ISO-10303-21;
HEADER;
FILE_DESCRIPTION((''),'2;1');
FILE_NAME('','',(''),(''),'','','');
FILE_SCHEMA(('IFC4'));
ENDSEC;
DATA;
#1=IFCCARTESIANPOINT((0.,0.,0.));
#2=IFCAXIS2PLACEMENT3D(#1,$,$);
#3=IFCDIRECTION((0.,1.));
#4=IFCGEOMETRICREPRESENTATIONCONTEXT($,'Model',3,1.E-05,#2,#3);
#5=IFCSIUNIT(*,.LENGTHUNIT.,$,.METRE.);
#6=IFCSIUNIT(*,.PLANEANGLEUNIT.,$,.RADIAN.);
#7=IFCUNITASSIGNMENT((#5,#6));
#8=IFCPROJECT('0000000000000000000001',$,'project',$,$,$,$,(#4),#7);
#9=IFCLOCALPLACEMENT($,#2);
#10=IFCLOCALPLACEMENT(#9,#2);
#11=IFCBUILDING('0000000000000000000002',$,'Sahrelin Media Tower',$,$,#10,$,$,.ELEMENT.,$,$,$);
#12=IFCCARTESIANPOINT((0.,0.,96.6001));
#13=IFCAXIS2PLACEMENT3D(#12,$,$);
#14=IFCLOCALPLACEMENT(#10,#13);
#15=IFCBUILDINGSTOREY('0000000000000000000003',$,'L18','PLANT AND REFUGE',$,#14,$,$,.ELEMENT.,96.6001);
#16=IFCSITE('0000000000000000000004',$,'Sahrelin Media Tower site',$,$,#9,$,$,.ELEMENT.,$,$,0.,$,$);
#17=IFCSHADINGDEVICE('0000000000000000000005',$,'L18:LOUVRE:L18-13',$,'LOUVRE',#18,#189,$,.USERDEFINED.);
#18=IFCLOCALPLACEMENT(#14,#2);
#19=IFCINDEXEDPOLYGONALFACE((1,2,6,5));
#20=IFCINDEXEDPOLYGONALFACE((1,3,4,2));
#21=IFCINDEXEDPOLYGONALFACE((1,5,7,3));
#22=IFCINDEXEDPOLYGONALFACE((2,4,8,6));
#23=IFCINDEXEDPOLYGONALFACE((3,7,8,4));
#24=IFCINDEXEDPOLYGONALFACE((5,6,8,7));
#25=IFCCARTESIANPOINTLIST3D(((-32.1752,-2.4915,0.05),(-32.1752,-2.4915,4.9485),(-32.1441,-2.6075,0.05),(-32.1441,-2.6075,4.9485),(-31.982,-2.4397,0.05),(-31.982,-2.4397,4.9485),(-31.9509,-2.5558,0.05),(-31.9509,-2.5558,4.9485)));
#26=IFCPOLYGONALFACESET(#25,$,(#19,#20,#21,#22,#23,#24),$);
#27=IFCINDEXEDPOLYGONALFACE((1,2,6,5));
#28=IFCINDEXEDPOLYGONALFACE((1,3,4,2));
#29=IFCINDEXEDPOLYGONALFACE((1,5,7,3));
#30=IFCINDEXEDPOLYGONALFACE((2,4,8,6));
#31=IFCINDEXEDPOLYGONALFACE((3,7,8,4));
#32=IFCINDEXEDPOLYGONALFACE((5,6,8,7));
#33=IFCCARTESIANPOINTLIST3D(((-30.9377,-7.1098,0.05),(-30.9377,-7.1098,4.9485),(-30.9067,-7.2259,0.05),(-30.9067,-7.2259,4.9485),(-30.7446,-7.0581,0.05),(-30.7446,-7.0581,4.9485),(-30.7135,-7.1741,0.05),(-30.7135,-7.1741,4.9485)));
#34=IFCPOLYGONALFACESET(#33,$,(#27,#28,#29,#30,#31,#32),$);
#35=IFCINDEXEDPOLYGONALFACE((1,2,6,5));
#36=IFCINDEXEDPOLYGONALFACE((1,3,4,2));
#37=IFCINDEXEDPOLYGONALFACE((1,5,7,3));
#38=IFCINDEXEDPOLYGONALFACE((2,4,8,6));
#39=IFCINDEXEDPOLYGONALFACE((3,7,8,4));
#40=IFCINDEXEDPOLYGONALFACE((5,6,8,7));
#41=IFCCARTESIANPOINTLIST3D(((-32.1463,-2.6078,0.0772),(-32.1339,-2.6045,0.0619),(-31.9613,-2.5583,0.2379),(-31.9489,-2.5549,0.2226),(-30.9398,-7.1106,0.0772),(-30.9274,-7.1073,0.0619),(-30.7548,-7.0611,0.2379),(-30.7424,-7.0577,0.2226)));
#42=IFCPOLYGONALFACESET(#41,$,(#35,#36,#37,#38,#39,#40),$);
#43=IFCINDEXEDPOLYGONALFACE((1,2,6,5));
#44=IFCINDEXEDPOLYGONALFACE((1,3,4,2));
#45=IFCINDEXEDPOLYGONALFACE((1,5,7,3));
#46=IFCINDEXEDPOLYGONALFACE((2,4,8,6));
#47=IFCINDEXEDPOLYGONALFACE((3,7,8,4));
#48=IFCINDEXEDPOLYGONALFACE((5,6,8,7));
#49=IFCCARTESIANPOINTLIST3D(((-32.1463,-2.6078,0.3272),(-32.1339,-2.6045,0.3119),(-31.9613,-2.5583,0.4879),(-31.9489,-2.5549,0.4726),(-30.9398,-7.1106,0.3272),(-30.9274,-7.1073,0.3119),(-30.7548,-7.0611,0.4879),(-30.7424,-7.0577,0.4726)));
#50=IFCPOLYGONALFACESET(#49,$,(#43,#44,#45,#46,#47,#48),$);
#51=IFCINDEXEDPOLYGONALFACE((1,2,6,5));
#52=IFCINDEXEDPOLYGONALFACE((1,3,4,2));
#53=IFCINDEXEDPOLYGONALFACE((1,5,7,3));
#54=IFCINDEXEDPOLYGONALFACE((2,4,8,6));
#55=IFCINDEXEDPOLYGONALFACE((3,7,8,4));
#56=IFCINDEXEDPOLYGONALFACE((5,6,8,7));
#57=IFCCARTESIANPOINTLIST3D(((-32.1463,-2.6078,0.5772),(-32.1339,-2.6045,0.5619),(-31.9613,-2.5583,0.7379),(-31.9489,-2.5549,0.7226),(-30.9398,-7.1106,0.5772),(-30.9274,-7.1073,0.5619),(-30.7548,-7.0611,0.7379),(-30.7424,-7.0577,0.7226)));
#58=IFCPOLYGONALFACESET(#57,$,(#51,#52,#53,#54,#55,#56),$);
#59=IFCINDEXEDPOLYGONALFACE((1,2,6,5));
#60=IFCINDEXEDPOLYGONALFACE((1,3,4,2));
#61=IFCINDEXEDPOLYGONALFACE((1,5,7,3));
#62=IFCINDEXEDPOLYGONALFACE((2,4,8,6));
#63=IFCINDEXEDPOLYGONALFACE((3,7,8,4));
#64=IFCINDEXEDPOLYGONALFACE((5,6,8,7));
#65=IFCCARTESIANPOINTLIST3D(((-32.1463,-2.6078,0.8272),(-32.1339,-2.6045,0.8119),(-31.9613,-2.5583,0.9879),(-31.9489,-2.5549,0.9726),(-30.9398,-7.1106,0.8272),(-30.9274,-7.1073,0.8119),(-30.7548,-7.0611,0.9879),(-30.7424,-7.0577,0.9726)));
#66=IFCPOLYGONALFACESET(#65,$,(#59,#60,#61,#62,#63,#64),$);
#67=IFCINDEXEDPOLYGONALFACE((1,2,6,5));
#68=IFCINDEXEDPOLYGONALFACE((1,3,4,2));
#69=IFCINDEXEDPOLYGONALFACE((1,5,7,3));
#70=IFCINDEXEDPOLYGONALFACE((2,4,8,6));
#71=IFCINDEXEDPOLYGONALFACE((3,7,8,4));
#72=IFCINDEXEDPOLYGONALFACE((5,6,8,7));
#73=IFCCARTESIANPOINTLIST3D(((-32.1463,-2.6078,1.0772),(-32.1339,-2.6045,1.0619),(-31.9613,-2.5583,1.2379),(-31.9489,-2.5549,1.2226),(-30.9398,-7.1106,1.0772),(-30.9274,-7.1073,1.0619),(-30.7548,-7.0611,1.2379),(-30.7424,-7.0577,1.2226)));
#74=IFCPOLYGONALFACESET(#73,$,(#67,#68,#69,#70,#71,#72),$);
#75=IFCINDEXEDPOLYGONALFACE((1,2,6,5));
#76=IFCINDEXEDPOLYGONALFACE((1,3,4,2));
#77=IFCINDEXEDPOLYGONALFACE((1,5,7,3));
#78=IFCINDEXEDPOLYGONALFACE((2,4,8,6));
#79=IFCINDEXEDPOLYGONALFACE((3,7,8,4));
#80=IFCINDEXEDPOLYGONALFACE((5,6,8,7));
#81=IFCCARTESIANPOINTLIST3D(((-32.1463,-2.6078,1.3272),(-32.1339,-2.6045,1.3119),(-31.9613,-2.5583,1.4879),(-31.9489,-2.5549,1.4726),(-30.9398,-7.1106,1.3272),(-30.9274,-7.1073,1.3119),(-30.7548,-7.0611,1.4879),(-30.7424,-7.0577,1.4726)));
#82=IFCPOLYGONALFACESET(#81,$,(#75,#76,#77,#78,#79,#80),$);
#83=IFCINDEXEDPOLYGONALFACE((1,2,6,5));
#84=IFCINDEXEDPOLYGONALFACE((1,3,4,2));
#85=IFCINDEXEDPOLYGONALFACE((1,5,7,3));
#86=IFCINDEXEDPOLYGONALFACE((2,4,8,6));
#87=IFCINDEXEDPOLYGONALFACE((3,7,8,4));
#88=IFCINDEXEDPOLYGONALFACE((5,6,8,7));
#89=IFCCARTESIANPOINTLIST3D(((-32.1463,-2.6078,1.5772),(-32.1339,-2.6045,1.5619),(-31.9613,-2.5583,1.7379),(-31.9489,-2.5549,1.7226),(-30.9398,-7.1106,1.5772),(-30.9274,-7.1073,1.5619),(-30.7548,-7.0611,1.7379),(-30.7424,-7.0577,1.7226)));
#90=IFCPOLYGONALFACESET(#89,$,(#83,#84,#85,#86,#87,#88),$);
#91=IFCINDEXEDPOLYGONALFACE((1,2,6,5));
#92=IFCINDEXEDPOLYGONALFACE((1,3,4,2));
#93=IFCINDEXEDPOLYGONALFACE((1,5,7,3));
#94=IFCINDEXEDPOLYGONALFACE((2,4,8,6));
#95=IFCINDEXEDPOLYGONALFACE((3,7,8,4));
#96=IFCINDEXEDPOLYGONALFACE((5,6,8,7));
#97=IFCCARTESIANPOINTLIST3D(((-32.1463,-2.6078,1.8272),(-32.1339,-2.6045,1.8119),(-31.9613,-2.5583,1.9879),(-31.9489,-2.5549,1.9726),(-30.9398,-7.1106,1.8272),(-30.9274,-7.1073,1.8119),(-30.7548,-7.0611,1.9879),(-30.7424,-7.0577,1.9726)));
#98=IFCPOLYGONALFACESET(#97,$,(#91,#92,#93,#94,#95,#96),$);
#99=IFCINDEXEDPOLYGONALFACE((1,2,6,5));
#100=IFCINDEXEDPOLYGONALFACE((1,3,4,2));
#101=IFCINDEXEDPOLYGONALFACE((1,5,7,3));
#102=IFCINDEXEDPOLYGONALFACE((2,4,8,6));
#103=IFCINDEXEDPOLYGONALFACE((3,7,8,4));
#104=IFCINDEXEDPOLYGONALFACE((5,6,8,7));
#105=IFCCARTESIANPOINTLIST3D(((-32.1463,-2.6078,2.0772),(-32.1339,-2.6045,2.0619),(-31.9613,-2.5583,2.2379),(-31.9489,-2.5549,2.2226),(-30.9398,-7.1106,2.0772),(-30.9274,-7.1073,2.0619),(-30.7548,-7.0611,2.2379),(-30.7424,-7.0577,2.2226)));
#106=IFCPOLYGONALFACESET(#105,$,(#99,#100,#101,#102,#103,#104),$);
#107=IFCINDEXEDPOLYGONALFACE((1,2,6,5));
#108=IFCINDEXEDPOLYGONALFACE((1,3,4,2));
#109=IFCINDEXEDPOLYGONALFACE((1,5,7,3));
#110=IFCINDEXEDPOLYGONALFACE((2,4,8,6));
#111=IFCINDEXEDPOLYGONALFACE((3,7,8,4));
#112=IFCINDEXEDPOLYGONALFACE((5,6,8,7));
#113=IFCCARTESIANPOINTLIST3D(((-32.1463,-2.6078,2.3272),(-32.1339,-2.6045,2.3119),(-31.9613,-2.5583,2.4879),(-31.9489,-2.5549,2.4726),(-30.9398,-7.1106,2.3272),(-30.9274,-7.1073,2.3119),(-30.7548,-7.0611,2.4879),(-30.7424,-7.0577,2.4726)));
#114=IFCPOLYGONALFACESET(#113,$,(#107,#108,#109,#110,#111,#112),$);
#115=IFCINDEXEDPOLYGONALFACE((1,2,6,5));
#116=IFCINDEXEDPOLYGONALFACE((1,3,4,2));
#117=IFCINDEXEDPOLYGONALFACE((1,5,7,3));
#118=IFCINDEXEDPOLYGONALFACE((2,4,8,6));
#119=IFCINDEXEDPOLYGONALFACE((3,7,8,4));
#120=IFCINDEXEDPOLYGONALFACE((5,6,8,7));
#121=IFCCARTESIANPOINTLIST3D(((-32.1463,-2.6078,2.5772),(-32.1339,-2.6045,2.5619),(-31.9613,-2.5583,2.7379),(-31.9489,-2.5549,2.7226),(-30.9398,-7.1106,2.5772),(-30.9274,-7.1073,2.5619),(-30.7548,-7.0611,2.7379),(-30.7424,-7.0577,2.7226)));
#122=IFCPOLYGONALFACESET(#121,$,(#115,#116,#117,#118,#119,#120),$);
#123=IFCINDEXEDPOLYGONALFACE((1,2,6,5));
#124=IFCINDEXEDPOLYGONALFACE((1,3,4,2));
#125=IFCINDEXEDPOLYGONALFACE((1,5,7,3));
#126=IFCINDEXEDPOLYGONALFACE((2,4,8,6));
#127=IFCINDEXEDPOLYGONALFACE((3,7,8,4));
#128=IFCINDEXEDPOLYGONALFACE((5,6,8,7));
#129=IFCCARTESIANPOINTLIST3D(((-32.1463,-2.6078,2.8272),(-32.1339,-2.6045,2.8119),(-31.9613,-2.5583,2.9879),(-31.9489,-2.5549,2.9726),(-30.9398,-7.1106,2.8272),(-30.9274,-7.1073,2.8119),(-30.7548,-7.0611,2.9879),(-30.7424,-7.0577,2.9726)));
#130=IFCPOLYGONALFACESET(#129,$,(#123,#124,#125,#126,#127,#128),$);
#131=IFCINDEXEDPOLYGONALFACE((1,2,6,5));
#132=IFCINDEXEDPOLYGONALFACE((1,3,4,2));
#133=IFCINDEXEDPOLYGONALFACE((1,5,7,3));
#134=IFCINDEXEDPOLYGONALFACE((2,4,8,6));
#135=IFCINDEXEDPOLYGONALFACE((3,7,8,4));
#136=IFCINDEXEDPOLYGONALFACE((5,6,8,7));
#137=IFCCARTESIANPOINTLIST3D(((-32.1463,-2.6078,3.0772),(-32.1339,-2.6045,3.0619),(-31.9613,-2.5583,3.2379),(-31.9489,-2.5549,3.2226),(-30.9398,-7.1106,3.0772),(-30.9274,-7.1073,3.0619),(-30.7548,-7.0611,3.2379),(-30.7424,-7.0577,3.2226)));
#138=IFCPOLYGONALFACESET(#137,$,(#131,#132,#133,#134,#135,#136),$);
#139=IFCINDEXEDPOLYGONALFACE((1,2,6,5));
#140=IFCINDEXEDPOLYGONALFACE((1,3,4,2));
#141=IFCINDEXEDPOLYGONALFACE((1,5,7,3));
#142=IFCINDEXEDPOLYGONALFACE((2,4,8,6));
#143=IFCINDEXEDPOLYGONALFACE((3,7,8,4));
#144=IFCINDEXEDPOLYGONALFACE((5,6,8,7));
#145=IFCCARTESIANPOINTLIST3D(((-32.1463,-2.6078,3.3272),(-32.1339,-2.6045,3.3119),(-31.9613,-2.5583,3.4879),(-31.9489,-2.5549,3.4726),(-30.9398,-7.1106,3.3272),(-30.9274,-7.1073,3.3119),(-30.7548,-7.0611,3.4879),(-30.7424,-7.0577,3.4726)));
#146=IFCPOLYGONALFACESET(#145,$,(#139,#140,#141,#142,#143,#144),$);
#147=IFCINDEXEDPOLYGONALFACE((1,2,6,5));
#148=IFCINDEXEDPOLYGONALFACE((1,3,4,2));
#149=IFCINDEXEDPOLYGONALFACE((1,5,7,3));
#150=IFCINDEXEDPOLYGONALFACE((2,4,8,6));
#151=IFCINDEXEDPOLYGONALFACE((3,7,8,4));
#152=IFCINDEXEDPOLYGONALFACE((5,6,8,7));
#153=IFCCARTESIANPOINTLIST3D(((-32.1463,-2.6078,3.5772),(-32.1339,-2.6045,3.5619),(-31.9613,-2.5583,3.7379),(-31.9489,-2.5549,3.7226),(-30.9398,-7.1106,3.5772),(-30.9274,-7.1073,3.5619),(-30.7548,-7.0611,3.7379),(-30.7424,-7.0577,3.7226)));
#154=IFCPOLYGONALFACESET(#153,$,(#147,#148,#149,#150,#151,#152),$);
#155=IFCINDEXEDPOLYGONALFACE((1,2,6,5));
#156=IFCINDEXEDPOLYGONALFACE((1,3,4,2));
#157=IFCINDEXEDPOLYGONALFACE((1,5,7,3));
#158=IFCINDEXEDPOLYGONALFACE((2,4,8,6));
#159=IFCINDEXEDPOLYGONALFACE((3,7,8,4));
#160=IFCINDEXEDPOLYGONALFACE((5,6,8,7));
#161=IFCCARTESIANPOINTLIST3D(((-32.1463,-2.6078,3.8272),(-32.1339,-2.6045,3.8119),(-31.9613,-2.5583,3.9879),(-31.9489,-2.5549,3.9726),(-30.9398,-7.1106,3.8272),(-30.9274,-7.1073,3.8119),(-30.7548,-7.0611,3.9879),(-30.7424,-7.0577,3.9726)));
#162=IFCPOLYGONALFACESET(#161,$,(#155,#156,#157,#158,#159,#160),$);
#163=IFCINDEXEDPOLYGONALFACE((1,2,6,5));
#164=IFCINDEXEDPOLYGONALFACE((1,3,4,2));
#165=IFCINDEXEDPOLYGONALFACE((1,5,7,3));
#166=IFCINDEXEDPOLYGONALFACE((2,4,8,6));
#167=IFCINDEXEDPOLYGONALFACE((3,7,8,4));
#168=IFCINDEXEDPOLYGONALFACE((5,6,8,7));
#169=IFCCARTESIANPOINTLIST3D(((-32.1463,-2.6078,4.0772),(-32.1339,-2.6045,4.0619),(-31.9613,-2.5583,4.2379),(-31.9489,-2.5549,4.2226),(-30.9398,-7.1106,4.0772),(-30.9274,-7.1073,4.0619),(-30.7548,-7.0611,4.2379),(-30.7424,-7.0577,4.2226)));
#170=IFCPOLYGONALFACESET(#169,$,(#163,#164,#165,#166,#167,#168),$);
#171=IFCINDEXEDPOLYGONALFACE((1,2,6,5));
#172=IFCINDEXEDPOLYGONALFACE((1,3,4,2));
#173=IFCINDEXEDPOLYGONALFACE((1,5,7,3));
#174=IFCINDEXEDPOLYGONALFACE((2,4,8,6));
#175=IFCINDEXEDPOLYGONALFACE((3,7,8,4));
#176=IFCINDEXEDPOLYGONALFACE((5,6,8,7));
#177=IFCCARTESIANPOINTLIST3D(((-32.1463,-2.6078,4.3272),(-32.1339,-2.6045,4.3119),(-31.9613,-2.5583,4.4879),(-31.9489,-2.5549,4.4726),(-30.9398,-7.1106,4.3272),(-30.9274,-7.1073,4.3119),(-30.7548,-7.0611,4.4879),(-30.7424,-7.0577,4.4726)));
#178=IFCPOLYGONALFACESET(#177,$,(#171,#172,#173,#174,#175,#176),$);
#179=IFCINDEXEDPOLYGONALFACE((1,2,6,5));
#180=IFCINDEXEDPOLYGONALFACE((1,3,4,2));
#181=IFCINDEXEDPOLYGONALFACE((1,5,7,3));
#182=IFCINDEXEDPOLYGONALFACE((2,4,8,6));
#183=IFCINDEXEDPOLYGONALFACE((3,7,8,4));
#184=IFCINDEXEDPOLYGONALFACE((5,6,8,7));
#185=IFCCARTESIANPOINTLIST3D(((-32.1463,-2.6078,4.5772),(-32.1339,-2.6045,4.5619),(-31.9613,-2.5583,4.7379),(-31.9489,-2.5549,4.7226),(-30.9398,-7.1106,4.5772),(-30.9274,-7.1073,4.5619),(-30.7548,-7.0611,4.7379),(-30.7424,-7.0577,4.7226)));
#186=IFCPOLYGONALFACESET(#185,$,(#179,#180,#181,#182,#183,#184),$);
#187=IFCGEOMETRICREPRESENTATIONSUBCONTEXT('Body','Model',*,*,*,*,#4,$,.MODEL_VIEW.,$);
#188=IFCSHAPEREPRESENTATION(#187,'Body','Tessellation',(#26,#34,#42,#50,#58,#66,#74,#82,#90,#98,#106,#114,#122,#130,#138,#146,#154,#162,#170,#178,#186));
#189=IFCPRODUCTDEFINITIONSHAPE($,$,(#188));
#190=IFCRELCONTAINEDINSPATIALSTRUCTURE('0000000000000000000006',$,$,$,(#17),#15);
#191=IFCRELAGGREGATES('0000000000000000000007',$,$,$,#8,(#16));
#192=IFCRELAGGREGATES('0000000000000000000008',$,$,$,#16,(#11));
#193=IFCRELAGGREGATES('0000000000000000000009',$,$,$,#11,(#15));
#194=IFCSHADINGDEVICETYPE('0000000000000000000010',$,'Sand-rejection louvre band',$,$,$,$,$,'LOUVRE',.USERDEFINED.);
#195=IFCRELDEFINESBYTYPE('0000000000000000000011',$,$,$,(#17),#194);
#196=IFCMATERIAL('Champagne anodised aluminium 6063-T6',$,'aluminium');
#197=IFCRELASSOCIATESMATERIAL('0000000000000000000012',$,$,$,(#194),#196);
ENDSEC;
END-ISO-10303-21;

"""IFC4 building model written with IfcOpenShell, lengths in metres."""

from ifc_helpers import new_model, si_unit, direction, frame, origin, origin_2d, place, context, subcontext, project, spatial, rectangle, extrude, material, type_object, element, save


model = new_model("IFC4")

# Units and contexts
model_context = context("Model", 3, precision=1e-05, world=origin(), true_north=direction((0.0, 1.0)))
body_context = subcontext(model_context, "Body", "Model", "MODEL_VIEW")
ifc_project = project(units=[si_unit("LENGTHUNIT", "METRE"), si_unit("PLANEANGLEUNIT", "RADIAN")], contexts=[model_context])

# Site, building, storey
site_placement = place(None, origin())
site = spatial("IfcSite", under=ifc_project, at=site_placement, Name="Sahrelin Media Tower site", CompositionType="ELEMENT", RefElevation=0.0)
building_placement = place(site_placement, origin())
building = spatial("IfcBuilding", under=site, at=building_placement, Name="Sahrelin Media Tower", CompositionType="ELEMENT")
storey_placement = place(building_placement, frame((0.0, 0.0, 96.6001)))
storey = spatial("IfcBuildingStorey", under=building, at=storey_placement, Name="L18", Description="PLANT AND REFUGE", CompositionType="ELEMENT", Elevation=96.6001)

# Shading device
ifc_material_1 = material(Name="Champagne anodised aluminium 6063-T6", Category="aluminium")
shading_device_type = type_object("IfcShadingDeviceType", Name="Sand-rejection louvre band", ElementType="LOUVRE", PredefinedType="USERDEFINED", material=ifc_material_1)
shading_device_1_placement = place(storey_placement, frame((-31.3477, -4.8069, 0.0), z_axis=(0.0, 0.0, 1.0), x_axis=(-0.258808, 0.965929, 0.0)))
element("IfcShadingDevice", 1, at=shading_device_1_placement, inside=storey, type_object=shading_device_type, Name="L18:LOUVRE:L18-13", ObjectType="LOUVRE", PredefinedType="USERDEFINED", context=body_context, shape_type="SweptSolid", body=[
    extrude(rectangle(XDim=0.1201, YDim=0.2, at=origin_2d()), frame((2.3906, 0.1001, 0.05), z_axis=(0.0, 0.0, 1.0), x_axis=(1.0, 0.0, 0.0)), (0.0, 0.0, 1.0), 4.8984),
    extrude(rectangle(XDim=0.1201, YDim=0.2, at=origin_2d()), frame((-2.3906, 0.1001, 0.05), z_axis=(0.0, 0.0, 1.0), x_axis=(1.0, 0.0, 0.0)), (0.0, 0.0, 1.0), 4.8984),
    extrude(rectangle(XDim=0.25, YDim=0.02, at=origin_2d()), frame((2.3308, 0.1001, 0.1499), z_axis=(-1.0, 0.0, 0.0), x_axis=(0.0, -0.766044, 0.642788)), (0.0, 0.0, 1.0), 4.6616),
    extrude(rectangle(XDim=0.25, YDim=0.02, at=origin_2d()), frame((2.3308, 0.1001, 0.3999), z_axis=(-1.0, 0.0, 0.0), x_axis=(0.0, -0.766044, 0.642788)), (0.0, 0.0, 1.0), 4.6616),
    extrude(rectangle(XDim=0.25, YDim=0.02, at=origin_2d()), frame((2.3308, 0.1001, 0.6499), z_axis=(-1.0, 0.0, 0.0), x_axis=(0.0, -0.766044, 0.642788)), (0.0, 0.0, 1.0), 4.6616),
    extrude(rectangle(XDim=0.25, YDim=0.02, at=origin_2d()), frame((2.3308, 0.1001, 0.8999), z_axis=(-1.0, 0.0, 0.0), x_axis=(0.0, -0.766044, 0.642788)), (0.0, 0.0, 1.0), 4.6616),
    extrude(rectangle(XDim=0.25, YDim=0.02, at=origin_2d()), frame((2.3308, 0.1001, 1.1499), z_axis=(-1.0, 0.0, 0.0), x_axis=(0.0, -0.766044, 0.642788)), (0.0, 0.0, 1.0), 4.6616),
    extrude(rectangle(XDim=0.25, YDim=0.02, at=origin_2d()), frame((2.3308, 0.1001, 1.3999), z_axis=(-1.0, 0.0, 0.0), x_axis=(0.0, -0.766044, 0.642788)), (0.0, 0.0, 1.0), 4.6616),
    extrude(rectangle(XDim=0.25, YDim=0.02, at=origin_2d()), frame((2.3308, 0.1001, 1.6499), z_axis=(-1.0, 0.0, 0.0), x_axis=(0.0, -0.766044, 0.642788)), (0.0, 0.0, 1.0), 4.6616),
    extrude(rectangle(XDim=0.25, YDim=0.02, at=origin_2d()), frame((2.3308, 0.1001, 1.8999), z_axis=(-1.0, 0.0, 0.0), x_axis=(0.0, -0.766044, 0.642788)), (0.0, 0.0, 1.0), 4.6616),
    extrude(rectangle(XDim=0.25, YDim=0.02, at=origin_2d()), frame((2.3308, 0.1001, 2.1499), z_axis=(-1.0, 0.0, 0.0), x_axis=(0.0, -0.766044, 0.642788)), (0.0, 0.0, 1.0), 4.6616),
    extrude(rectangle(XDim=0.25, YDim=0.02, at=origin_2d()), frame((2.3308, 0.1001, 2.3999), z_axis=(-1.0, 0.0, 0.0), x_axis=(0.0, -0.766044, 0.642788)), (0.0, 0.0, 1.0), 4.6616),
    extrude(rectangle(XDim=0.25, YDim=0.02, at=origin_2d()), frame((2.3308, 0.1001, 2.6499), z_axis=(-1.0, 0.0, 0.0), x_axis=(0.0, -0.766044, 0.642788)), (0.0, 0.0, 1.0), 4.6616),
    extrude(rectangle(XDim=0.25, YDim=0.02, at=origin_2d()), frame((2.3308, 0.1001, 2.8999), z_axis=(-1.0, 0.0, 0.0), x_axis=(0.0, -0.766044, 0.642788)), (0.0, 0.0, 1.0), 4.6616),
    extrude(rectangle(XDim=0.25, YDim=0.02, at=origin_2d()), frame((2.3308, 0.1001, 3.1499), z_axis=(-1.0, 0.0, 0.0), x_axis=(0.0, -0.766044, 0.642788)), (0.0, 0.0, 1.0), 4.6616),
    extrude(rectangle(XDim=0.25, YDim=0.02, at=origin_2d()), frame((2.3308, 0.1001, 3.3999), z_axis=(-1.0, 0.0, 0.0), x_axis=(0.0, -0.766044, 0.642788)), (0.0, 0.0, 1.0), 4.6616),
    extrude(rectangle(XDim=0.25, YDim=0.02, at=origin_2d()), frame((2.3308, 0.1001, 3.6499), z_axis=(-1.0, 0.0, 0.0), x_axis=(0.0, -0.766044, 0.642788)), (0.0, 0.0, 1.0), 4.6616),
    extrude(rectangle(XDim=0.25, YDim=0.02, at=origin_2d()), frame((2.3308, 0.1001, 3.8999), z_axis=(-1.0, 0.0, 0.0), x_axis=(0.0, -0.766044, 0.642788)), (0.0, 0.0, 1.0), 4.6616),
    extrude(rectangle(XDim=0.25, YDim=0.02, at=origin_2d()), frame((2.3308, 0.1001, 4.1499), z_axis=(-1.0, 0.0, 0.0), x_axis=(0.0, -0.766044, 0.642788)), (0.0, 0.0, 1.0), 4.6616),
    extrude(rectangle(XDim=0.25, YDim=0.02, at=origin_2d()), frame((2.3308, 0.1001, 4.3999), z_axis=(-1.0, 0.0, 0.0), x_axis=(0.0, -0.766044, 0.642788)), (0.0, 0.0, 1.0), 4.6616),
    extrude(rectangle(XDim=0.25, YDim=0.02, at=origin_2d()), frame((2.3308, 0.1001, 4.6499), z_axis=(-1.0, 0.0, 0.0), x_axis=(0.0, -0.766044, 0.642788)), (0.0, 0.0, 1.0), 4.6616),
])

save(model, "model.ifc")
